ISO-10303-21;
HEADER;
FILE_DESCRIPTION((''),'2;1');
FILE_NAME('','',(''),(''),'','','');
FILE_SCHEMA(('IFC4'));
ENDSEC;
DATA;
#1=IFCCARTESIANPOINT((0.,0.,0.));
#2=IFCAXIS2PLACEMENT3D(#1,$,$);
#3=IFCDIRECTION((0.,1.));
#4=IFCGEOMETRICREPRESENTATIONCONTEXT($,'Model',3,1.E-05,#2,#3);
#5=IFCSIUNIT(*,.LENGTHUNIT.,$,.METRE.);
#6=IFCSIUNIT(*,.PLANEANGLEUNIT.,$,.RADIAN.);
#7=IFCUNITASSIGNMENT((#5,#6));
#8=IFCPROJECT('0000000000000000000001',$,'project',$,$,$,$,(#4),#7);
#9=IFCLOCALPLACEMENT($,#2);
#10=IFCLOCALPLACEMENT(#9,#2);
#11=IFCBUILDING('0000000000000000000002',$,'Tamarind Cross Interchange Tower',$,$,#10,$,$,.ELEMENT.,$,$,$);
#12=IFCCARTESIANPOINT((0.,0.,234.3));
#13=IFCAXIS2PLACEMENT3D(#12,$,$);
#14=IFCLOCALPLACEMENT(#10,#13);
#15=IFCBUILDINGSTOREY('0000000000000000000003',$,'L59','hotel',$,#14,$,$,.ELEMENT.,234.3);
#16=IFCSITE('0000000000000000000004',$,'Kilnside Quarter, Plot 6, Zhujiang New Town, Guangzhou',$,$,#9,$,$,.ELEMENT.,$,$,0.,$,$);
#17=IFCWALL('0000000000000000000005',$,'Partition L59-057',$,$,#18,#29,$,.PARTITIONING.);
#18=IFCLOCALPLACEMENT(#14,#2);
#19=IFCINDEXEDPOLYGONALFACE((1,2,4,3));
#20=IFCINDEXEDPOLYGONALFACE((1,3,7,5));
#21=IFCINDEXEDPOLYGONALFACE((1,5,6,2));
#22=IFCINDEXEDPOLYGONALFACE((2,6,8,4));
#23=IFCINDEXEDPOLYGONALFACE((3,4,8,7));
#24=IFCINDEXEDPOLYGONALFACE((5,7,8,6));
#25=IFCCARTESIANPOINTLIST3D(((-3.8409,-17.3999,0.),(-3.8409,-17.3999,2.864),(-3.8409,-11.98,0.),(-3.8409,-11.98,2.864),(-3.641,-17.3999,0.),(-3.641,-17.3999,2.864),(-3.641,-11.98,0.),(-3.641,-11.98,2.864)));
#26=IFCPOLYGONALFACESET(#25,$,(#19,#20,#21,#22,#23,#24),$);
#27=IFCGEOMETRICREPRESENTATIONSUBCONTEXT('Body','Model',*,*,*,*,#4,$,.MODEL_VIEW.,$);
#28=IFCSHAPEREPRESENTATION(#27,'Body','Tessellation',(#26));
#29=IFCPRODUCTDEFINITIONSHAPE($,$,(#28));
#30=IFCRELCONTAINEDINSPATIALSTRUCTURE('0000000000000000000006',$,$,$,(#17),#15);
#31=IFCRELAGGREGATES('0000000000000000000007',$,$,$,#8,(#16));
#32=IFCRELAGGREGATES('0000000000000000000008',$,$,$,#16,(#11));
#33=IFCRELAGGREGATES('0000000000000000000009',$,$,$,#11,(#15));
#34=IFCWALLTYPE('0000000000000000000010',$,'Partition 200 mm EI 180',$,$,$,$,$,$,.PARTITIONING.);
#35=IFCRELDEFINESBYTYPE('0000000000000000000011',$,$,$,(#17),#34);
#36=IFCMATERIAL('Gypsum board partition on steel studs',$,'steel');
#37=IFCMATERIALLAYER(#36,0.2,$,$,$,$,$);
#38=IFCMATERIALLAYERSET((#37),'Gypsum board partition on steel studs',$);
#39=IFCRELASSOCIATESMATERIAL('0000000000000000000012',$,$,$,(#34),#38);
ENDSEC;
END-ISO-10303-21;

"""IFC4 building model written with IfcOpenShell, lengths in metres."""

from ifc_helpers import new_model, si_unit, direction, frame, frame_2d, origin, place, context, subcontext, project, spatial, rectangle, extrude, material, layer, layer_set, type_object, element, save


model = new_model("IFC4")

# Units and contexts
model_context = context("Model", 3, precision=1e-05, world=origin(), true_north=direction((0.0, 1.0)))
body_context = subcontext(model_context, "Body", "Model", "MODEL_VIEW")
ifc_project = project(units=[si_unit("LENGTHUNIT", "METRE"), si_unit("PLANEANGLEUNIT", "RADIAN")], contexts=[model_context])

# Site, building, storey
site_placement = place(None, origin())
site = spatial("IfcSite", under=ifc_project, at=site_placement, Name="Kilnside Quarter, Plot 6, Zhujiang New Town, Guangzhou", CompositionType="ELEMENT", RefElevation=0.0)
building_placement = place(site_placement, origin())
building = spatial("IfcBuilding", under=site, at=building_placement, Name="Tamarind Cross Interchange Tower", CompositionType="ELEMENT")
storey_placement = place(building_placement, frame((0.0, 0.0, 234.3)))
storey = spatial("IfcBuildingStorey", under=building, at=storey_placement, Name="L59", Description="hotel", CompositionType="ELEMENT", Elevation=234.3)

# Shared definitions
ifc_material_1 = material(Name="Gypsum board partition on steel studs", Category="steel")

# Shared definitions
ifc_layer_1 = layer(ifc_material_1, 0.2)
ifc_layer_set_1 = layer_set([ifc_layer_1], Name="Gypsum board partition on steel studs")
wall_type_1 = type_object("IfcWallType", Name="Partition 200 mm EI 180", PredefinedType="PARTITIONING", material=ifc_layer_set_1)

# Wall
wall_1_placement = place(storey_placement, frame((-3.741, -17.3999, 0.0), z_axis=(0.0, 0.0, 1.0), x_axis=(0.0, 1.0, 0.0)))
element("IfcWall", 1, at=wall_1_placement, inside=storey, type_object=wall_type_1, Name="Partition L59-057", PredefinedType="PARTITIONING", context=body_context, shape_type="SweptSolid", body=[
    extrude(rectangle(XDim=5.4199, YDim=0.2, at=frame_2d((2.71, 0.0))), origin(), (0.0, 0.0, 1.0), 2.864),
])

save(model, "model.ifc")
